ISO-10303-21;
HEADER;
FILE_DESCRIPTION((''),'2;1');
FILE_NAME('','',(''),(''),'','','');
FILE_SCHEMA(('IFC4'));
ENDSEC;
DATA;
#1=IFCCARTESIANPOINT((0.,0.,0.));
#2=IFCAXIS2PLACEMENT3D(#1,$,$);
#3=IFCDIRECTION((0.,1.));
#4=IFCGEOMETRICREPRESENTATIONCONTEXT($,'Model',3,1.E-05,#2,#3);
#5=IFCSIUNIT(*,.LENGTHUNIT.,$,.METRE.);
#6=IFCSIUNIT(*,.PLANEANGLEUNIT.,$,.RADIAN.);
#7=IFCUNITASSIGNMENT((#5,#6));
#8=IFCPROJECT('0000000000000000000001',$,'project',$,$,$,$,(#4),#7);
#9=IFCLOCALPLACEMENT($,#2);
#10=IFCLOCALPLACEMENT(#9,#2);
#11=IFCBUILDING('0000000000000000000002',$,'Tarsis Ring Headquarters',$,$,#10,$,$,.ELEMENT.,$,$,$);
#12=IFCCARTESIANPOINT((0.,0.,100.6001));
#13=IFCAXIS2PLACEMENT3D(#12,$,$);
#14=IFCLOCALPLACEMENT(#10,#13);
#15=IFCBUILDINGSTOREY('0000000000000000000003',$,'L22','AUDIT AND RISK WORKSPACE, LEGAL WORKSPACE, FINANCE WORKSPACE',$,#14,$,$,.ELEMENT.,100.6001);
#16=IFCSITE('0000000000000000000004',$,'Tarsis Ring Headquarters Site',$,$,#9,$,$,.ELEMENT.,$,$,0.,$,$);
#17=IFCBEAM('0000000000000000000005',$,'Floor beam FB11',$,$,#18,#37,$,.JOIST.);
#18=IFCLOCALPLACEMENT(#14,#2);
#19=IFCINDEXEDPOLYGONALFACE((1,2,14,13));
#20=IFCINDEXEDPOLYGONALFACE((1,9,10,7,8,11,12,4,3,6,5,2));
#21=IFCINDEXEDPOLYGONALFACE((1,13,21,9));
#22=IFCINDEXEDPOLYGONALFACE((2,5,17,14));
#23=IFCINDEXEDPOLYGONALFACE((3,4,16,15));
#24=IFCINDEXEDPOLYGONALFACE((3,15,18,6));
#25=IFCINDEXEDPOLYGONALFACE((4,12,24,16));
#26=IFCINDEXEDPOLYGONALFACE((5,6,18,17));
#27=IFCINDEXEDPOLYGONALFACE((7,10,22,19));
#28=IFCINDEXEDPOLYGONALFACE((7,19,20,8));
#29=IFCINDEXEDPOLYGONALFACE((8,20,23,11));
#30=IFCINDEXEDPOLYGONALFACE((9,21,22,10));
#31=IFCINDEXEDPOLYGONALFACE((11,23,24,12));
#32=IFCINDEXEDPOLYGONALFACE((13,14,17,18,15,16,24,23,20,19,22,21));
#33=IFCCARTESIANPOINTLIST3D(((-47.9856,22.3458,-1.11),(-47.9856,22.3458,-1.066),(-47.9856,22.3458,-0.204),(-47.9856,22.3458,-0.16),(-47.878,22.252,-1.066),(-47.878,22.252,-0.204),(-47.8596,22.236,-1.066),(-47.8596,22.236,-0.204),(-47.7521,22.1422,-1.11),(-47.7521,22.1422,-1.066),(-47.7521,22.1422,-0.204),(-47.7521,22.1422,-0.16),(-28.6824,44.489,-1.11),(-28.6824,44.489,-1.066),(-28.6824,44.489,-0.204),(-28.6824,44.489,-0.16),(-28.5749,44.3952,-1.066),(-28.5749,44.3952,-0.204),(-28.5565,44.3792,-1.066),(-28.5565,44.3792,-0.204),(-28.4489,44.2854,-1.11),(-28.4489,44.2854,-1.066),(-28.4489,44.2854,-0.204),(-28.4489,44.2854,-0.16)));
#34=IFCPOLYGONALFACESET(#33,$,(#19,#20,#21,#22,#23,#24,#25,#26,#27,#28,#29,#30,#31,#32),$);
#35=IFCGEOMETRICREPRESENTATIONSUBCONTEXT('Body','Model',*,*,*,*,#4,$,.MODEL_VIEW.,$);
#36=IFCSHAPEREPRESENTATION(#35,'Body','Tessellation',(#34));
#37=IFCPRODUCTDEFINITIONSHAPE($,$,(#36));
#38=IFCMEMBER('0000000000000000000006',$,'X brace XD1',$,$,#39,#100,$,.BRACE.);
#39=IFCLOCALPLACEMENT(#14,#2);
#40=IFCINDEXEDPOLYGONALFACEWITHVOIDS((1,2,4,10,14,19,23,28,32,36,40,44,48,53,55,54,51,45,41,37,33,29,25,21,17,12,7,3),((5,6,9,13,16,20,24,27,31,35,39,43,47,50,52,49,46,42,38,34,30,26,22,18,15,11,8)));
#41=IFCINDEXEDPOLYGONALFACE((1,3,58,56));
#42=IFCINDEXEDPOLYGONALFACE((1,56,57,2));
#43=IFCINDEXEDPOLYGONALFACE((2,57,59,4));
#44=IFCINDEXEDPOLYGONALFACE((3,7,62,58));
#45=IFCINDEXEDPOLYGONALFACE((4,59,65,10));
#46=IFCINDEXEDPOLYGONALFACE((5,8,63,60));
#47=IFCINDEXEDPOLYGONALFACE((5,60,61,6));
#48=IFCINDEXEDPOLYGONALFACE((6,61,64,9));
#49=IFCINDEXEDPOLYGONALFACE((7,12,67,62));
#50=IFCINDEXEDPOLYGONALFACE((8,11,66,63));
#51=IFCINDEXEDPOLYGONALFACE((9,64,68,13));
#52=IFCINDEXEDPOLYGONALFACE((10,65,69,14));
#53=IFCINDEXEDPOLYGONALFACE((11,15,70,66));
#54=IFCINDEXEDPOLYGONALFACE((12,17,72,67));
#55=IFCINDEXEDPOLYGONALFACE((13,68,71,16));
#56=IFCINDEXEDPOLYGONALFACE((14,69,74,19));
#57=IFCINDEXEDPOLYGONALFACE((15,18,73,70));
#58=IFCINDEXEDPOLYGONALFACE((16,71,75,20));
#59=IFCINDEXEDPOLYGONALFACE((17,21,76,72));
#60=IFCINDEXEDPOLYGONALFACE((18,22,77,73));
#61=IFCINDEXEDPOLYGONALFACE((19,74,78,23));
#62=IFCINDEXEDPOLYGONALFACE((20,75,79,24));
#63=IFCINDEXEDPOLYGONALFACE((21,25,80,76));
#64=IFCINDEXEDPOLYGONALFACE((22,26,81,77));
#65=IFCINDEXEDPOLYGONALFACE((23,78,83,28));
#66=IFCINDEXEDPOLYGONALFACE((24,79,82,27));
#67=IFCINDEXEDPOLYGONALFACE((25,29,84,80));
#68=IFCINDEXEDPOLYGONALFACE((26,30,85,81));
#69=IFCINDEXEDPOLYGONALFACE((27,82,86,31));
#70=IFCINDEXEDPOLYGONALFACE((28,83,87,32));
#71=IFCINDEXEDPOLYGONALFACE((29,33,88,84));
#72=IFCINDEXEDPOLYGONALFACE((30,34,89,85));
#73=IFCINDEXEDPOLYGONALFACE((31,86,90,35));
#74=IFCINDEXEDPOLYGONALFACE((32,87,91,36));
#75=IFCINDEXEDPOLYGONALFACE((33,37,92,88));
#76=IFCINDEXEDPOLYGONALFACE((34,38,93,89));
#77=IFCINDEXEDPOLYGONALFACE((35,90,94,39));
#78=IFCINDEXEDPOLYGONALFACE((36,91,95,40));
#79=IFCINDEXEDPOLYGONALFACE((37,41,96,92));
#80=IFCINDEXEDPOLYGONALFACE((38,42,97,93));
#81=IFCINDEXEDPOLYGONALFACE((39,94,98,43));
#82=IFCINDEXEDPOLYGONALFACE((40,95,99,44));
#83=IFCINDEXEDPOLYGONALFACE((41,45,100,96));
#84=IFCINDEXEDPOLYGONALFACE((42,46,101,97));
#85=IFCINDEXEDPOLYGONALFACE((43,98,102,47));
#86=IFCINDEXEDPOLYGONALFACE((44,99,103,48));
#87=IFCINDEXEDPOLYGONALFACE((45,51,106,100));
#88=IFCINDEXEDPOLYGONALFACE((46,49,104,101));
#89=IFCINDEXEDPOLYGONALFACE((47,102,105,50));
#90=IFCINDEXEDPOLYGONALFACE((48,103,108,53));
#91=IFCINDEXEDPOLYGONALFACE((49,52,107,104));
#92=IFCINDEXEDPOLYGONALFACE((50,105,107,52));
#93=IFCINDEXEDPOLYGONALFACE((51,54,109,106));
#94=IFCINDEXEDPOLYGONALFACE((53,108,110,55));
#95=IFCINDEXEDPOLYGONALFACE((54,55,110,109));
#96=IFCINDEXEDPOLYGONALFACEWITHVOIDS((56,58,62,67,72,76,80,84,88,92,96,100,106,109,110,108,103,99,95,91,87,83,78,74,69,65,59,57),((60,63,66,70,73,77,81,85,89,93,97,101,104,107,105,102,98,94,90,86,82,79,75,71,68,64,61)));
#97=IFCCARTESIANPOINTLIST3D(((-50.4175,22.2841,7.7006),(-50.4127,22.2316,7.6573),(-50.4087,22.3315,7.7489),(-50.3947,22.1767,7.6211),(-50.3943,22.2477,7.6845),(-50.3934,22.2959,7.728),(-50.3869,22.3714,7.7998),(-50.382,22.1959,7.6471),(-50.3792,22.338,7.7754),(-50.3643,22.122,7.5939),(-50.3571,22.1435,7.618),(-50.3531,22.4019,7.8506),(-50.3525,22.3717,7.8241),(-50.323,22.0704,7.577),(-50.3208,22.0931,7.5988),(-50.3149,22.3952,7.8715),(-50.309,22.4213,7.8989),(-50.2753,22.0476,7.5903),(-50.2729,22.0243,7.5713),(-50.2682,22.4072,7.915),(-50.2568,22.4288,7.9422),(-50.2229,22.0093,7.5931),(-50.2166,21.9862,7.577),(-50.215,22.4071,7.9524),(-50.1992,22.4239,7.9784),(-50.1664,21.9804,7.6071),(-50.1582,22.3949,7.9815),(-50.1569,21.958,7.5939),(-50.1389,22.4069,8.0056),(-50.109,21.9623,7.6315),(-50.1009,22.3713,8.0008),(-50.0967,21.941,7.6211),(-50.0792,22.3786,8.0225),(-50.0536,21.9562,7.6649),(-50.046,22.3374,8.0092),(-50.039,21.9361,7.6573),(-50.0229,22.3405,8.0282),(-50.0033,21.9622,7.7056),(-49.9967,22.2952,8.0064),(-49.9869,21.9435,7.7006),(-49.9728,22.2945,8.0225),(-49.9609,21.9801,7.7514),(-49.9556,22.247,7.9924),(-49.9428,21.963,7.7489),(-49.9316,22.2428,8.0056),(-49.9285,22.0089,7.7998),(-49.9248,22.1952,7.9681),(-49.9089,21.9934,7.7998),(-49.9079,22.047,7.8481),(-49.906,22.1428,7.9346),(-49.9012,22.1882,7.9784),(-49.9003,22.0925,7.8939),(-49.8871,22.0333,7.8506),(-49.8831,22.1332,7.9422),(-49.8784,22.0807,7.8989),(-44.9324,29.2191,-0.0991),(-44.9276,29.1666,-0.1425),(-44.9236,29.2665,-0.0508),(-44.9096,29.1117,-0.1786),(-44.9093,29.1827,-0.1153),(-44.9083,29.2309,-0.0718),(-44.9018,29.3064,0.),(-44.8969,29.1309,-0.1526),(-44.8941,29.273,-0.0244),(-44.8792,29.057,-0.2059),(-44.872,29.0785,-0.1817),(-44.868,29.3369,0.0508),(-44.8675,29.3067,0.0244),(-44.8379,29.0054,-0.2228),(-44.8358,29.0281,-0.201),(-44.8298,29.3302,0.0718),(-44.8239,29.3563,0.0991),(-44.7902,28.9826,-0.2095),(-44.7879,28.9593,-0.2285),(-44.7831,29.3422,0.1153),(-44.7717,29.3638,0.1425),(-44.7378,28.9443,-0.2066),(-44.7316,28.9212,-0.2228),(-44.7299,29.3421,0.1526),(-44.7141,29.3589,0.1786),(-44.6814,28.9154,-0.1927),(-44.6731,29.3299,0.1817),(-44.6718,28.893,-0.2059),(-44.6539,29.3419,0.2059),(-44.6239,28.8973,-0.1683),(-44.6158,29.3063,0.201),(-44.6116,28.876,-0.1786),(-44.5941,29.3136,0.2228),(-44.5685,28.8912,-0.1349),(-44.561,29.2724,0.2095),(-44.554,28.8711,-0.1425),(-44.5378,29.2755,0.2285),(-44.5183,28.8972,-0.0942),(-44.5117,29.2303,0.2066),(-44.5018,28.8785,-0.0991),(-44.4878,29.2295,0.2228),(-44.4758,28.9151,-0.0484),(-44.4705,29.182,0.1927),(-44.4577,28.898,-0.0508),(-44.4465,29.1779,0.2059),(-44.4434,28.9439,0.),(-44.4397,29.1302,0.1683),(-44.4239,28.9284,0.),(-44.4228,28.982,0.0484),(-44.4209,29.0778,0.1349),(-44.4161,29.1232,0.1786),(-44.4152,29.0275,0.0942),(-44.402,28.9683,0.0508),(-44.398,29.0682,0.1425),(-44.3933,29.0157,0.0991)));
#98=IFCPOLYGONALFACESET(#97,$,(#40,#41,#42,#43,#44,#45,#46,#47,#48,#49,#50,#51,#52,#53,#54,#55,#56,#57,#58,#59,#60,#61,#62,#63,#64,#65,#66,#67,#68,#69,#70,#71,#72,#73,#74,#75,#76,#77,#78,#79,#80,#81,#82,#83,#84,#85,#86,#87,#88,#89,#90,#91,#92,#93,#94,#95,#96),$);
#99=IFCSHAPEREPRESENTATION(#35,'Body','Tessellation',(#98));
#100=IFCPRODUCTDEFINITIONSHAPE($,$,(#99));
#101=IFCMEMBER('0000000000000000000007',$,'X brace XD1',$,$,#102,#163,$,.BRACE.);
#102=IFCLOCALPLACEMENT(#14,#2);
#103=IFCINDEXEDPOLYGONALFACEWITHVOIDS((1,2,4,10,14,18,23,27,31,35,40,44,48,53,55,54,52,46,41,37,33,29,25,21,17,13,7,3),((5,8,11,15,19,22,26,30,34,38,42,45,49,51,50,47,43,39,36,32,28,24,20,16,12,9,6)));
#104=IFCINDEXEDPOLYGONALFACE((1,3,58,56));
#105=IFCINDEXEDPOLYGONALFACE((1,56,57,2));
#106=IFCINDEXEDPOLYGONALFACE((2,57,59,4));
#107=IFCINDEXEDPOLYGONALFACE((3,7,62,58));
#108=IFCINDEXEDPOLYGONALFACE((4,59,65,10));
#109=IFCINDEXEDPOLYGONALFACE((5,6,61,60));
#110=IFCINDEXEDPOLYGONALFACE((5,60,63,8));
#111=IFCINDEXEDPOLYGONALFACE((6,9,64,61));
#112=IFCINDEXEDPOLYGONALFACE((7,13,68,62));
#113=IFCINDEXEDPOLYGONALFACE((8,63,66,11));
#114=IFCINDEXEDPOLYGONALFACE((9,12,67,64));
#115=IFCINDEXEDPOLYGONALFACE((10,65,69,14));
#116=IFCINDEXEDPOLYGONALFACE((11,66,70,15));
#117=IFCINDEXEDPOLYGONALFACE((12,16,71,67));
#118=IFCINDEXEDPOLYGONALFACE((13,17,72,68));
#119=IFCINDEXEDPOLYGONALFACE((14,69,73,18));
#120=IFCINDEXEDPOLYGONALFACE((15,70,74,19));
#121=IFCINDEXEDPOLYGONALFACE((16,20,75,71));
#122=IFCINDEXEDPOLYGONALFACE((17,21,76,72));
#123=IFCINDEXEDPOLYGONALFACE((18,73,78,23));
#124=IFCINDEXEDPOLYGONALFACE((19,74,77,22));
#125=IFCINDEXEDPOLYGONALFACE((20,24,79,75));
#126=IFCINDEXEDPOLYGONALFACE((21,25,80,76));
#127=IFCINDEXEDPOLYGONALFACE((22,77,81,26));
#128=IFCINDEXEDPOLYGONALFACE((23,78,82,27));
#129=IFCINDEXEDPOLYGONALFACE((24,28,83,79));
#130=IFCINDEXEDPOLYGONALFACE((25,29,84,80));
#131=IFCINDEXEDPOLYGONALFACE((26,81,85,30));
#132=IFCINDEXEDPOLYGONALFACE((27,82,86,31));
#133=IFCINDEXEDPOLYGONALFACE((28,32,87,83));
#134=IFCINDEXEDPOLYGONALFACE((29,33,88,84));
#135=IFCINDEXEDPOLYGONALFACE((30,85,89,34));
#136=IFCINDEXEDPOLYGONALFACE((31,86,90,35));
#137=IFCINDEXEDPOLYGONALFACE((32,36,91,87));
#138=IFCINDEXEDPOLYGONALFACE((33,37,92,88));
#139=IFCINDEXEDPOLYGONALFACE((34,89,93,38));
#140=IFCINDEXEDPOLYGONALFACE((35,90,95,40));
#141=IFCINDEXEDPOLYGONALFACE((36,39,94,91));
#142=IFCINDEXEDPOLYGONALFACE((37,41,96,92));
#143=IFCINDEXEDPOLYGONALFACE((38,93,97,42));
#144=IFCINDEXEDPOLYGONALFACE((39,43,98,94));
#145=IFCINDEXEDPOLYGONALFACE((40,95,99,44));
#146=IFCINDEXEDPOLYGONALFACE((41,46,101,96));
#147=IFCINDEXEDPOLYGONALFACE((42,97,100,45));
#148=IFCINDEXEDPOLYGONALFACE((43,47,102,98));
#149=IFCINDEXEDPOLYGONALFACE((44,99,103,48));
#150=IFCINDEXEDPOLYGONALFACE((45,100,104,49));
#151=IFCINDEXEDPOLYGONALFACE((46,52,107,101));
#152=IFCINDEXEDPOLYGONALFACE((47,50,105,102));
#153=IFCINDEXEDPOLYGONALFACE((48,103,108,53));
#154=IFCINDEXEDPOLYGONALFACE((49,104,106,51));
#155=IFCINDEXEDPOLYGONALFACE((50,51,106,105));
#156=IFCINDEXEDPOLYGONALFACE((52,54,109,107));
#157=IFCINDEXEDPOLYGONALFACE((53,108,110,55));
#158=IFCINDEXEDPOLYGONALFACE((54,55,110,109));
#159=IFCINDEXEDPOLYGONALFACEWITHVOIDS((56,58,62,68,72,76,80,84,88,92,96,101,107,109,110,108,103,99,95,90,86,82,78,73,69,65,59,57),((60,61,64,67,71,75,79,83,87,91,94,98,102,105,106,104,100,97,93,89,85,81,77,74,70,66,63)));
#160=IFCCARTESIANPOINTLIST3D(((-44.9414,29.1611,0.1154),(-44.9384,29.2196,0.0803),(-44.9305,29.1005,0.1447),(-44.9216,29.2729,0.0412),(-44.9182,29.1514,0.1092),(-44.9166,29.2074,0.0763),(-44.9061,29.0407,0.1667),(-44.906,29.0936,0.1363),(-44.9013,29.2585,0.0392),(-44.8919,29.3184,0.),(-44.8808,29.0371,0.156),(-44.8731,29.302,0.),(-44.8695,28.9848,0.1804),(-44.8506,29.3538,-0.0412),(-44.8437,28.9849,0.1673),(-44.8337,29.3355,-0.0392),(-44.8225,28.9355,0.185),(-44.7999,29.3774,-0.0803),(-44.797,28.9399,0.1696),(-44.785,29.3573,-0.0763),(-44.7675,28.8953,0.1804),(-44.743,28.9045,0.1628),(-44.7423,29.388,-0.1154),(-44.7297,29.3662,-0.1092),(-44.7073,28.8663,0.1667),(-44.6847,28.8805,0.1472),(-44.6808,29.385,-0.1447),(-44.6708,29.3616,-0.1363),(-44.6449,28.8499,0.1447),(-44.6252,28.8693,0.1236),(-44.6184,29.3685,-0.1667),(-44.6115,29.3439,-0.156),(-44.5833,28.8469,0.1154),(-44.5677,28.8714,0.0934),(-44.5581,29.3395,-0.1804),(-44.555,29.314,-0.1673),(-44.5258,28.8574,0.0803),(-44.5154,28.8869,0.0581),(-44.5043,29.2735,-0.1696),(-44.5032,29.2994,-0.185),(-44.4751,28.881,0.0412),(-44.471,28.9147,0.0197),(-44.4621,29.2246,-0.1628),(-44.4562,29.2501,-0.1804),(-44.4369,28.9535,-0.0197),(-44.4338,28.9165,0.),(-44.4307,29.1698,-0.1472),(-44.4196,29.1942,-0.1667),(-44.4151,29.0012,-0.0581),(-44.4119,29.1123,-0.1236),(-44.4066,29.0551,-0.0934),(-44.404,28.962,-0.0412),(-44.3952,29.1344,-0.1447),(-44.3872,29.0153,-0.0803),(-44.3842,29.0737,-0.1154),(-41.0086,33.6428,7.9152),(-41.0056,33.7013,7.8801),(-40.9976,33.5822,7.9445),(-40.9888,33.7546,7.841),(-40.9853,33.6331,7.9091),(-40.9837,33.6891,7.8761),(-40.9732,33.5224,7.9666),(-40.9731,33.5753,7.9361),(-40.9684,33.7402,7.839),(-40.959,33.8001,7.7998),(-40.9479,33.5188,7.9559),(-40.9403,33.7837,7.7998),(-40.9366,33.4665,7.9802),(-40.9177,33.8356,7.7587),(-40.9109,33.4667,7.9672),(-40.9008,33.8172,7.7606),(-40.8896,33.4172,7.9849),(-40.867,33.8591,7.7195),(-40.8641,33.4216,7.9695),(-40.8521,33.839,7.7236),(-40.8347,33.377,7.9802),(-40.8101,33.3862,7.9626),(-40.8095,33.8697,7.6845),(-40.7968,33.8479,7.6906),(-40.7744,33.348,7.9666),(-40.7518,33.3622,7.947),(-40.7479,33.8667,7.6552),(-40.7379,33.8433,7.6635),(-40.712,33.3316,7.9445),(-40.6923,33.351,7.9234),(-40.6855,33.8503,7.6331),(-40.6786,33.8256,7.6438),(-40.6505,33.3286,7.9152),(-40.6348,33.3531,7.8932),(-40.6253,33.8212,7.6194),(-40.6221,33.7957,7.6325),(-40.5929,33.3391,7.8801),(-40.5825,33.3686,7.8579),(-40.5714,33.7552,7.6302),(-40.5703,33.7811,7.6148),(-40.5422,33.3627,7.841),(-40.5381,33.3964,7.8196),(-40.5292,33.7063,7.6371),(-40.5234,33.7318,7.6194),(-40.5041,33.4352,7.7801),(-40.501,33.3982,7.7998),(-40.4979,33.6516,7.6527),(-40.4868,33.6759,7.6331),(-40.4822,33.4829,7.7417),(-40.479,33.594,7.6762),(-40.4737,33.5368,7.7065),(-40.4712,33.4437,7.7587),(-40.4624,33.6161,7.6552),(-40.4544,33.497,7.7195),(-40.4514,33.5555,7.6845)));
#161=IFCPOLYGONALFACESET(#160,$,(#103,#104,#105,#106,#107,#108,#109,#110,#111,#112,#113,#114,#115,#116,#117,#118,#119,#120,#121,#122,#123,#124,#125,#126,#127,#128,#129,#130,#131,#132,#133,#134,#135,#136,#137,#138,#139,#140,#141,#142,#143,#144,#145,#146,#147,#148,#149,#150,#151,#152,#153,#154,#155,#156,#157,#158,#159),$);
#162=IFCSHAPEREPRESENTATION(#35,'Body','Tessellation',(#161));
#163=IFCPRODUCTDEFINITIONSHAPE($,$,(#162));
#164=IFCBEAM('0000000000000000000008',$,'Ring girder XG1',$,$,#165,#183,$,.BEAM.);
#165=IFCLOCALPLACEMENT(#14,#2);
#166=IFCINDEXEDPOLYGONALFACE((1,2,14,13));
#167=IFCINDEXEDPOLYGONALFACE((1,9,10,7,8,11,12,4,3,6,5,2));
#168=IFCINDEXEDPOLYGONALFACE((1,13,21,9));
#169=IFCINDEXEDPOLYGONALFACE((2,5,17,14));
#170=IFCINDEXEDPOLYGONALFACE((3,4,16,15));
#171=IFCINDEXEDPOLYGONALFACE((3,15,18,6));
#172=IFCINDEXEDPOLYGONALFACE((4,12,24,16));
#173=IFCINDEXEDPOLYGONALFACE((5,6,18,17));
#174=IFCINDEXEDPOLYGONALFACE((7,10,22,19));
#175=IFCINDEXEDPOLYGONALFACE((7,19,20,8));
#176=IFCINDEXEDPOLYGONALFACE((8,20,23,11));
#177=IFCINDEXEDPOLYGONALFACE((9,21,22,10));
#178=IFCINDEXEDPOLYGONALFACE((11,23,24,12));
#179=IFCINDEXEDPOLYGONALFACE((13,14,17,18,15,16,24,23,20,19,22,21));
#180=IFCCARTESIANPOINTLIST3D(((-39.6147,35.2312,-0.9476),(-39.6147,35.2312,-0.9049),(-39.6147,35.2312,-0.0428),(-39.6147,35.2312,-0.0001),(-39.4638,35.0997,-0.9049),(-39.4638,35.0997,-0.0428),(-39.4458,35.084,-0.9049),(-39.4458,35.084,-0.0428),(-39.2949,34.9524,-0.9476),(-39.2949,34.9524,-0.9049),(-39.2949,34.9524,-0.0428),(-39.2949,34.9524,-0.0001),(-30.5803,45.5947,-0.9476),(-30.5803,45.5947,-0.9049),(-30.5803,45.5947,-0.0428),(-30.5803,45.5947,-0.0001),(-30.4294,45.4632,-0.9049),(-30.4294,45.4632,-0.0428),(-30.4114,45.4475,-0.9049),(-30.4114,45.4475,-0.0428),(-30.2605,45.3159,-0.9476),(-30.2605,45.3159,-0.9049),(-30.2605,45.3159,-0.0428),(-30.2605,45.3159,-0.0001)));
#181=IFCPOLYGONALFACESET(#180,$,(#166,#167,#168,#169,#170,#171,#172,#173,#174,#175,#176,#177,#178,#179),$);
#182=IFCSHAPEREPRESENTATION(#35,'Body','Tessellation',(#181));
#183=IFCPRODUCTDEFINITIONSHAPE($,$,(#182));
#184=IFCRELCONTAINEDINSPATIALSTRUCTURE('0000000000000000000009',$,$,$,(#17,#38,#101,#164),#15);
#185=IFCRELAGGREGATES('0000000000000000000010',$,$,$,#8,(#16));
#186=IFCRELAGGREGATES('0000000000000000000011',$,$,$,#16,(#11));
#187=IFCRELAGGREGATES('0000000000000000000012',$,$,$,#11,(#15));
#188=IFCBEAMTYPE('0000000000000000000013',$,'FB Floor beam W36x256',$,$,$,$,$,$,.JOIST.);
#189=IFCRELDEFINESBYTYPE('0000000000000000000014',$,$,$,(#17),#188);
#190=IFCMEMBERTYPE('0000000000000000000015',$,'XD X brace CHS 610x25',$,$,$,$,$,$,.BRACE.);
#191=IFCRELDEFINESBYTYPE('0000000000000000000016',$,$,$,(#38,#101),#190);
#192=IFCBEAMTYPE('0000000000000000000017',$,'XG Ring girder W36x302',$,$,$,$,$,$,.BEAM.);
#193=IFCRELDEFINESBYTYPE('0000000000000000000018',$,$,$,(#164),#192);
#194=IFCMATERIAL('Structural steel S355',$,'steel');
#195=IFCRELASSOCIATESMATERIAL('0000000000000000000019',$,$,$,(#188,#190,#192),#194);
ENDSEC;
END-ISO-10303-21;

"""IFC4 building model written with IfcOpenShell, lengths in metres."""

from ifc_helpers import new_model, si_unit, direction, frame, origin, origin_2d, place, context, subcontext, project, spatial, hollow_circle, i_section, extrude, material, material_profile, profile_set, type_object, element, save


model = new_model("IFC4")

# Units and contexts
model_context = context("Model", 3, precision=1e-05, world=origin(), true_north=direction((0.0, 1.0)))
body_context = subcontext(model_context, "Body", "Model", "MODEL_VIEW")
ifc_project = project(units=[si_unit("LENGTHUNIT", "METRE"), si_unit("PLANEANGLEUNIT", "RADIAN")], contexts=[model_context])

# Site, building, storey
site_placement = place(None, origin())
site = spatial("IfcSite", under=ifc_project, at=site_placement, Name="Tarsis Ring Headquarters Site", CompositionType="ELEMENT", RefElevation=0.0)
building_placement = place(site_placement, origin())
building = spatial("IfcBuilding", under=site, at=building_placement, Name="Tarsis Ring Headquarters", CompositionType="ELEMENT")
storey_placement = place(building_placement, frame((0.0, 0.0, 100.6001)))
storey = spatial("IfcBuildingStorey", under=building, at=storey_placement, Name="L22", Description="AUDIT AND RISK WORKSPACE, LEGAL WORKSPACE, FINANCE WORKSPACE", CompositionType="ELEMENT", Elevation=100.6001)

# Shared definitions
ifc_material_1 = material(Name="Structural steel S355", Category="steel")

# Beam
ifc_material_profile_1 = material_profile(ifc_material_1, i_section(OverallWidth=0.3098, OverallDepth=0.95, WebThickness=0.0244, FlangeThickness=0.0439, at=origin_2d()), Name="W36x256")
ifc_profile_set_1 = profile_set([ifc_material_profile_1], Name="Structural steel S355")
beam_type_1 = type_object("IfcBeamType", Name="FB Floor beam W36x256", PredefinedType="JOIST", material=ifc_profile_set_1)
beam_1_placement = place(storey_placement, frame((-28.5657, 44.3872, -0.635), z_axis=(-0.657112, -0.753793, 0.0), x_axis=(0.753793, -0.657112, 0.0)))
element("IfcBeam", 1, at=beam_1_placement, inside=storey, type_object=beam_type_1, Name="Floor beam FB11", PredefinedType="JOIST", context=body_context, shape_type="SweptSolid", body=[
    extrude(i_section(OverallWidth=0.3098, OverallDepth=0.95, WebThickness=0.0244, FlangeThickness=0.0439, at=origin_2d()), origin(), (0.0, 0.0, 1.0), 29.3757),
])

# Members
ifc_material_profile_2 = material_profile(ifc_material_1, hollow_circle(Radius=0.3047, WallThickness=0.0249, at=origin_2d()), Name="CHS 610x25")
ifc_profile_set_2 = profile_set([ifc_material_profile_2], Name="Structural steel S355")
member_type = type_object("IfcMemberType", Name="XD X brace CHS 610x25", PredefinedType="BRACE", material=ifc_profile_set_2)
member_1_placement = place(storey_placement, frame((-44.6628, 29.1174, 0.0), z_axis=(-0.46521, -0.588185, 0.661527), x_axis=(0.784329, -0.620345, 0.0)))
element("IfcMember", 2, at=member_1_placement, inside=storey, type_object=member_type, Name="X brace XD1", PredefinedType="BRACE", context=body_context, shape_type="SweptSolid", body=[
    extrude(hollow_circle(Radius=0.3047, WallThickness=0.0249, at=origin_2d()), origin(), (0.0, 0.0, 1.0), 11.7905),
])
member_2_placement = place(storey_placement, frame((-44.6628, 29.1174, 0.0), z_axis=(0.400583, 0.456484, 0.794453), x_axis=(-0.75163, 0.659585, 0.0)))
element("IfcMember", 3, at=member_2_placement, inside=storey, type_object=member_type, Name="X brace XD1", PredefinedType="BRACE", context=body_context, shape_type="SweptSolid", body=[
    extrude(hollow_circle(Radius=0.3047, WallThickness=0.0249, at=origin_2d()), origin(), (0.0, 0.0, 1.0), 9.8179),
])

# Beam
ifc_material_profile_3 = material_profile(ifc_material_1, i_section(OverallWidth=0.4243, OverallDepth=0.9475, WebThickness=0.0239, FlangeThickness=0.0427, at=origin_2d()), Name="W36x302")
ifc_profile_set_3 = profile_set([ifc_material_profile_3], Name="Structural steel S355")
beam_type_2 = type_object("IfcBeamType", Name="XG Ring girder W36x302", PredefinedType="BEAM", material=ifc_profile_set_3)
beam_2_placement = place(storey_placement, frame((-30.4204, 45.4553, -0.4739), z_axis=(-0.657117, -0.753789, 0.0), x_axis=(0.753789, -0.657117, 0.0)))
element("IfcBeam", 4, at=beam_2_placement, inside=storey, type_object=beam_type_2, Name="Ring girder XG1", PredefinedType="BEAM", context=body_context, shape_type="SweptSolid", body=[
    extrude(i_section(OverallWidth=0.4243, OverallDepth=0.9475, WebThickness=0.0239, FlangeThickness=0.0427, at=origin_2d()), origin(), (0.0, 0.0, 1.0), 13.7485),
])

save(model, "model.ifc")
